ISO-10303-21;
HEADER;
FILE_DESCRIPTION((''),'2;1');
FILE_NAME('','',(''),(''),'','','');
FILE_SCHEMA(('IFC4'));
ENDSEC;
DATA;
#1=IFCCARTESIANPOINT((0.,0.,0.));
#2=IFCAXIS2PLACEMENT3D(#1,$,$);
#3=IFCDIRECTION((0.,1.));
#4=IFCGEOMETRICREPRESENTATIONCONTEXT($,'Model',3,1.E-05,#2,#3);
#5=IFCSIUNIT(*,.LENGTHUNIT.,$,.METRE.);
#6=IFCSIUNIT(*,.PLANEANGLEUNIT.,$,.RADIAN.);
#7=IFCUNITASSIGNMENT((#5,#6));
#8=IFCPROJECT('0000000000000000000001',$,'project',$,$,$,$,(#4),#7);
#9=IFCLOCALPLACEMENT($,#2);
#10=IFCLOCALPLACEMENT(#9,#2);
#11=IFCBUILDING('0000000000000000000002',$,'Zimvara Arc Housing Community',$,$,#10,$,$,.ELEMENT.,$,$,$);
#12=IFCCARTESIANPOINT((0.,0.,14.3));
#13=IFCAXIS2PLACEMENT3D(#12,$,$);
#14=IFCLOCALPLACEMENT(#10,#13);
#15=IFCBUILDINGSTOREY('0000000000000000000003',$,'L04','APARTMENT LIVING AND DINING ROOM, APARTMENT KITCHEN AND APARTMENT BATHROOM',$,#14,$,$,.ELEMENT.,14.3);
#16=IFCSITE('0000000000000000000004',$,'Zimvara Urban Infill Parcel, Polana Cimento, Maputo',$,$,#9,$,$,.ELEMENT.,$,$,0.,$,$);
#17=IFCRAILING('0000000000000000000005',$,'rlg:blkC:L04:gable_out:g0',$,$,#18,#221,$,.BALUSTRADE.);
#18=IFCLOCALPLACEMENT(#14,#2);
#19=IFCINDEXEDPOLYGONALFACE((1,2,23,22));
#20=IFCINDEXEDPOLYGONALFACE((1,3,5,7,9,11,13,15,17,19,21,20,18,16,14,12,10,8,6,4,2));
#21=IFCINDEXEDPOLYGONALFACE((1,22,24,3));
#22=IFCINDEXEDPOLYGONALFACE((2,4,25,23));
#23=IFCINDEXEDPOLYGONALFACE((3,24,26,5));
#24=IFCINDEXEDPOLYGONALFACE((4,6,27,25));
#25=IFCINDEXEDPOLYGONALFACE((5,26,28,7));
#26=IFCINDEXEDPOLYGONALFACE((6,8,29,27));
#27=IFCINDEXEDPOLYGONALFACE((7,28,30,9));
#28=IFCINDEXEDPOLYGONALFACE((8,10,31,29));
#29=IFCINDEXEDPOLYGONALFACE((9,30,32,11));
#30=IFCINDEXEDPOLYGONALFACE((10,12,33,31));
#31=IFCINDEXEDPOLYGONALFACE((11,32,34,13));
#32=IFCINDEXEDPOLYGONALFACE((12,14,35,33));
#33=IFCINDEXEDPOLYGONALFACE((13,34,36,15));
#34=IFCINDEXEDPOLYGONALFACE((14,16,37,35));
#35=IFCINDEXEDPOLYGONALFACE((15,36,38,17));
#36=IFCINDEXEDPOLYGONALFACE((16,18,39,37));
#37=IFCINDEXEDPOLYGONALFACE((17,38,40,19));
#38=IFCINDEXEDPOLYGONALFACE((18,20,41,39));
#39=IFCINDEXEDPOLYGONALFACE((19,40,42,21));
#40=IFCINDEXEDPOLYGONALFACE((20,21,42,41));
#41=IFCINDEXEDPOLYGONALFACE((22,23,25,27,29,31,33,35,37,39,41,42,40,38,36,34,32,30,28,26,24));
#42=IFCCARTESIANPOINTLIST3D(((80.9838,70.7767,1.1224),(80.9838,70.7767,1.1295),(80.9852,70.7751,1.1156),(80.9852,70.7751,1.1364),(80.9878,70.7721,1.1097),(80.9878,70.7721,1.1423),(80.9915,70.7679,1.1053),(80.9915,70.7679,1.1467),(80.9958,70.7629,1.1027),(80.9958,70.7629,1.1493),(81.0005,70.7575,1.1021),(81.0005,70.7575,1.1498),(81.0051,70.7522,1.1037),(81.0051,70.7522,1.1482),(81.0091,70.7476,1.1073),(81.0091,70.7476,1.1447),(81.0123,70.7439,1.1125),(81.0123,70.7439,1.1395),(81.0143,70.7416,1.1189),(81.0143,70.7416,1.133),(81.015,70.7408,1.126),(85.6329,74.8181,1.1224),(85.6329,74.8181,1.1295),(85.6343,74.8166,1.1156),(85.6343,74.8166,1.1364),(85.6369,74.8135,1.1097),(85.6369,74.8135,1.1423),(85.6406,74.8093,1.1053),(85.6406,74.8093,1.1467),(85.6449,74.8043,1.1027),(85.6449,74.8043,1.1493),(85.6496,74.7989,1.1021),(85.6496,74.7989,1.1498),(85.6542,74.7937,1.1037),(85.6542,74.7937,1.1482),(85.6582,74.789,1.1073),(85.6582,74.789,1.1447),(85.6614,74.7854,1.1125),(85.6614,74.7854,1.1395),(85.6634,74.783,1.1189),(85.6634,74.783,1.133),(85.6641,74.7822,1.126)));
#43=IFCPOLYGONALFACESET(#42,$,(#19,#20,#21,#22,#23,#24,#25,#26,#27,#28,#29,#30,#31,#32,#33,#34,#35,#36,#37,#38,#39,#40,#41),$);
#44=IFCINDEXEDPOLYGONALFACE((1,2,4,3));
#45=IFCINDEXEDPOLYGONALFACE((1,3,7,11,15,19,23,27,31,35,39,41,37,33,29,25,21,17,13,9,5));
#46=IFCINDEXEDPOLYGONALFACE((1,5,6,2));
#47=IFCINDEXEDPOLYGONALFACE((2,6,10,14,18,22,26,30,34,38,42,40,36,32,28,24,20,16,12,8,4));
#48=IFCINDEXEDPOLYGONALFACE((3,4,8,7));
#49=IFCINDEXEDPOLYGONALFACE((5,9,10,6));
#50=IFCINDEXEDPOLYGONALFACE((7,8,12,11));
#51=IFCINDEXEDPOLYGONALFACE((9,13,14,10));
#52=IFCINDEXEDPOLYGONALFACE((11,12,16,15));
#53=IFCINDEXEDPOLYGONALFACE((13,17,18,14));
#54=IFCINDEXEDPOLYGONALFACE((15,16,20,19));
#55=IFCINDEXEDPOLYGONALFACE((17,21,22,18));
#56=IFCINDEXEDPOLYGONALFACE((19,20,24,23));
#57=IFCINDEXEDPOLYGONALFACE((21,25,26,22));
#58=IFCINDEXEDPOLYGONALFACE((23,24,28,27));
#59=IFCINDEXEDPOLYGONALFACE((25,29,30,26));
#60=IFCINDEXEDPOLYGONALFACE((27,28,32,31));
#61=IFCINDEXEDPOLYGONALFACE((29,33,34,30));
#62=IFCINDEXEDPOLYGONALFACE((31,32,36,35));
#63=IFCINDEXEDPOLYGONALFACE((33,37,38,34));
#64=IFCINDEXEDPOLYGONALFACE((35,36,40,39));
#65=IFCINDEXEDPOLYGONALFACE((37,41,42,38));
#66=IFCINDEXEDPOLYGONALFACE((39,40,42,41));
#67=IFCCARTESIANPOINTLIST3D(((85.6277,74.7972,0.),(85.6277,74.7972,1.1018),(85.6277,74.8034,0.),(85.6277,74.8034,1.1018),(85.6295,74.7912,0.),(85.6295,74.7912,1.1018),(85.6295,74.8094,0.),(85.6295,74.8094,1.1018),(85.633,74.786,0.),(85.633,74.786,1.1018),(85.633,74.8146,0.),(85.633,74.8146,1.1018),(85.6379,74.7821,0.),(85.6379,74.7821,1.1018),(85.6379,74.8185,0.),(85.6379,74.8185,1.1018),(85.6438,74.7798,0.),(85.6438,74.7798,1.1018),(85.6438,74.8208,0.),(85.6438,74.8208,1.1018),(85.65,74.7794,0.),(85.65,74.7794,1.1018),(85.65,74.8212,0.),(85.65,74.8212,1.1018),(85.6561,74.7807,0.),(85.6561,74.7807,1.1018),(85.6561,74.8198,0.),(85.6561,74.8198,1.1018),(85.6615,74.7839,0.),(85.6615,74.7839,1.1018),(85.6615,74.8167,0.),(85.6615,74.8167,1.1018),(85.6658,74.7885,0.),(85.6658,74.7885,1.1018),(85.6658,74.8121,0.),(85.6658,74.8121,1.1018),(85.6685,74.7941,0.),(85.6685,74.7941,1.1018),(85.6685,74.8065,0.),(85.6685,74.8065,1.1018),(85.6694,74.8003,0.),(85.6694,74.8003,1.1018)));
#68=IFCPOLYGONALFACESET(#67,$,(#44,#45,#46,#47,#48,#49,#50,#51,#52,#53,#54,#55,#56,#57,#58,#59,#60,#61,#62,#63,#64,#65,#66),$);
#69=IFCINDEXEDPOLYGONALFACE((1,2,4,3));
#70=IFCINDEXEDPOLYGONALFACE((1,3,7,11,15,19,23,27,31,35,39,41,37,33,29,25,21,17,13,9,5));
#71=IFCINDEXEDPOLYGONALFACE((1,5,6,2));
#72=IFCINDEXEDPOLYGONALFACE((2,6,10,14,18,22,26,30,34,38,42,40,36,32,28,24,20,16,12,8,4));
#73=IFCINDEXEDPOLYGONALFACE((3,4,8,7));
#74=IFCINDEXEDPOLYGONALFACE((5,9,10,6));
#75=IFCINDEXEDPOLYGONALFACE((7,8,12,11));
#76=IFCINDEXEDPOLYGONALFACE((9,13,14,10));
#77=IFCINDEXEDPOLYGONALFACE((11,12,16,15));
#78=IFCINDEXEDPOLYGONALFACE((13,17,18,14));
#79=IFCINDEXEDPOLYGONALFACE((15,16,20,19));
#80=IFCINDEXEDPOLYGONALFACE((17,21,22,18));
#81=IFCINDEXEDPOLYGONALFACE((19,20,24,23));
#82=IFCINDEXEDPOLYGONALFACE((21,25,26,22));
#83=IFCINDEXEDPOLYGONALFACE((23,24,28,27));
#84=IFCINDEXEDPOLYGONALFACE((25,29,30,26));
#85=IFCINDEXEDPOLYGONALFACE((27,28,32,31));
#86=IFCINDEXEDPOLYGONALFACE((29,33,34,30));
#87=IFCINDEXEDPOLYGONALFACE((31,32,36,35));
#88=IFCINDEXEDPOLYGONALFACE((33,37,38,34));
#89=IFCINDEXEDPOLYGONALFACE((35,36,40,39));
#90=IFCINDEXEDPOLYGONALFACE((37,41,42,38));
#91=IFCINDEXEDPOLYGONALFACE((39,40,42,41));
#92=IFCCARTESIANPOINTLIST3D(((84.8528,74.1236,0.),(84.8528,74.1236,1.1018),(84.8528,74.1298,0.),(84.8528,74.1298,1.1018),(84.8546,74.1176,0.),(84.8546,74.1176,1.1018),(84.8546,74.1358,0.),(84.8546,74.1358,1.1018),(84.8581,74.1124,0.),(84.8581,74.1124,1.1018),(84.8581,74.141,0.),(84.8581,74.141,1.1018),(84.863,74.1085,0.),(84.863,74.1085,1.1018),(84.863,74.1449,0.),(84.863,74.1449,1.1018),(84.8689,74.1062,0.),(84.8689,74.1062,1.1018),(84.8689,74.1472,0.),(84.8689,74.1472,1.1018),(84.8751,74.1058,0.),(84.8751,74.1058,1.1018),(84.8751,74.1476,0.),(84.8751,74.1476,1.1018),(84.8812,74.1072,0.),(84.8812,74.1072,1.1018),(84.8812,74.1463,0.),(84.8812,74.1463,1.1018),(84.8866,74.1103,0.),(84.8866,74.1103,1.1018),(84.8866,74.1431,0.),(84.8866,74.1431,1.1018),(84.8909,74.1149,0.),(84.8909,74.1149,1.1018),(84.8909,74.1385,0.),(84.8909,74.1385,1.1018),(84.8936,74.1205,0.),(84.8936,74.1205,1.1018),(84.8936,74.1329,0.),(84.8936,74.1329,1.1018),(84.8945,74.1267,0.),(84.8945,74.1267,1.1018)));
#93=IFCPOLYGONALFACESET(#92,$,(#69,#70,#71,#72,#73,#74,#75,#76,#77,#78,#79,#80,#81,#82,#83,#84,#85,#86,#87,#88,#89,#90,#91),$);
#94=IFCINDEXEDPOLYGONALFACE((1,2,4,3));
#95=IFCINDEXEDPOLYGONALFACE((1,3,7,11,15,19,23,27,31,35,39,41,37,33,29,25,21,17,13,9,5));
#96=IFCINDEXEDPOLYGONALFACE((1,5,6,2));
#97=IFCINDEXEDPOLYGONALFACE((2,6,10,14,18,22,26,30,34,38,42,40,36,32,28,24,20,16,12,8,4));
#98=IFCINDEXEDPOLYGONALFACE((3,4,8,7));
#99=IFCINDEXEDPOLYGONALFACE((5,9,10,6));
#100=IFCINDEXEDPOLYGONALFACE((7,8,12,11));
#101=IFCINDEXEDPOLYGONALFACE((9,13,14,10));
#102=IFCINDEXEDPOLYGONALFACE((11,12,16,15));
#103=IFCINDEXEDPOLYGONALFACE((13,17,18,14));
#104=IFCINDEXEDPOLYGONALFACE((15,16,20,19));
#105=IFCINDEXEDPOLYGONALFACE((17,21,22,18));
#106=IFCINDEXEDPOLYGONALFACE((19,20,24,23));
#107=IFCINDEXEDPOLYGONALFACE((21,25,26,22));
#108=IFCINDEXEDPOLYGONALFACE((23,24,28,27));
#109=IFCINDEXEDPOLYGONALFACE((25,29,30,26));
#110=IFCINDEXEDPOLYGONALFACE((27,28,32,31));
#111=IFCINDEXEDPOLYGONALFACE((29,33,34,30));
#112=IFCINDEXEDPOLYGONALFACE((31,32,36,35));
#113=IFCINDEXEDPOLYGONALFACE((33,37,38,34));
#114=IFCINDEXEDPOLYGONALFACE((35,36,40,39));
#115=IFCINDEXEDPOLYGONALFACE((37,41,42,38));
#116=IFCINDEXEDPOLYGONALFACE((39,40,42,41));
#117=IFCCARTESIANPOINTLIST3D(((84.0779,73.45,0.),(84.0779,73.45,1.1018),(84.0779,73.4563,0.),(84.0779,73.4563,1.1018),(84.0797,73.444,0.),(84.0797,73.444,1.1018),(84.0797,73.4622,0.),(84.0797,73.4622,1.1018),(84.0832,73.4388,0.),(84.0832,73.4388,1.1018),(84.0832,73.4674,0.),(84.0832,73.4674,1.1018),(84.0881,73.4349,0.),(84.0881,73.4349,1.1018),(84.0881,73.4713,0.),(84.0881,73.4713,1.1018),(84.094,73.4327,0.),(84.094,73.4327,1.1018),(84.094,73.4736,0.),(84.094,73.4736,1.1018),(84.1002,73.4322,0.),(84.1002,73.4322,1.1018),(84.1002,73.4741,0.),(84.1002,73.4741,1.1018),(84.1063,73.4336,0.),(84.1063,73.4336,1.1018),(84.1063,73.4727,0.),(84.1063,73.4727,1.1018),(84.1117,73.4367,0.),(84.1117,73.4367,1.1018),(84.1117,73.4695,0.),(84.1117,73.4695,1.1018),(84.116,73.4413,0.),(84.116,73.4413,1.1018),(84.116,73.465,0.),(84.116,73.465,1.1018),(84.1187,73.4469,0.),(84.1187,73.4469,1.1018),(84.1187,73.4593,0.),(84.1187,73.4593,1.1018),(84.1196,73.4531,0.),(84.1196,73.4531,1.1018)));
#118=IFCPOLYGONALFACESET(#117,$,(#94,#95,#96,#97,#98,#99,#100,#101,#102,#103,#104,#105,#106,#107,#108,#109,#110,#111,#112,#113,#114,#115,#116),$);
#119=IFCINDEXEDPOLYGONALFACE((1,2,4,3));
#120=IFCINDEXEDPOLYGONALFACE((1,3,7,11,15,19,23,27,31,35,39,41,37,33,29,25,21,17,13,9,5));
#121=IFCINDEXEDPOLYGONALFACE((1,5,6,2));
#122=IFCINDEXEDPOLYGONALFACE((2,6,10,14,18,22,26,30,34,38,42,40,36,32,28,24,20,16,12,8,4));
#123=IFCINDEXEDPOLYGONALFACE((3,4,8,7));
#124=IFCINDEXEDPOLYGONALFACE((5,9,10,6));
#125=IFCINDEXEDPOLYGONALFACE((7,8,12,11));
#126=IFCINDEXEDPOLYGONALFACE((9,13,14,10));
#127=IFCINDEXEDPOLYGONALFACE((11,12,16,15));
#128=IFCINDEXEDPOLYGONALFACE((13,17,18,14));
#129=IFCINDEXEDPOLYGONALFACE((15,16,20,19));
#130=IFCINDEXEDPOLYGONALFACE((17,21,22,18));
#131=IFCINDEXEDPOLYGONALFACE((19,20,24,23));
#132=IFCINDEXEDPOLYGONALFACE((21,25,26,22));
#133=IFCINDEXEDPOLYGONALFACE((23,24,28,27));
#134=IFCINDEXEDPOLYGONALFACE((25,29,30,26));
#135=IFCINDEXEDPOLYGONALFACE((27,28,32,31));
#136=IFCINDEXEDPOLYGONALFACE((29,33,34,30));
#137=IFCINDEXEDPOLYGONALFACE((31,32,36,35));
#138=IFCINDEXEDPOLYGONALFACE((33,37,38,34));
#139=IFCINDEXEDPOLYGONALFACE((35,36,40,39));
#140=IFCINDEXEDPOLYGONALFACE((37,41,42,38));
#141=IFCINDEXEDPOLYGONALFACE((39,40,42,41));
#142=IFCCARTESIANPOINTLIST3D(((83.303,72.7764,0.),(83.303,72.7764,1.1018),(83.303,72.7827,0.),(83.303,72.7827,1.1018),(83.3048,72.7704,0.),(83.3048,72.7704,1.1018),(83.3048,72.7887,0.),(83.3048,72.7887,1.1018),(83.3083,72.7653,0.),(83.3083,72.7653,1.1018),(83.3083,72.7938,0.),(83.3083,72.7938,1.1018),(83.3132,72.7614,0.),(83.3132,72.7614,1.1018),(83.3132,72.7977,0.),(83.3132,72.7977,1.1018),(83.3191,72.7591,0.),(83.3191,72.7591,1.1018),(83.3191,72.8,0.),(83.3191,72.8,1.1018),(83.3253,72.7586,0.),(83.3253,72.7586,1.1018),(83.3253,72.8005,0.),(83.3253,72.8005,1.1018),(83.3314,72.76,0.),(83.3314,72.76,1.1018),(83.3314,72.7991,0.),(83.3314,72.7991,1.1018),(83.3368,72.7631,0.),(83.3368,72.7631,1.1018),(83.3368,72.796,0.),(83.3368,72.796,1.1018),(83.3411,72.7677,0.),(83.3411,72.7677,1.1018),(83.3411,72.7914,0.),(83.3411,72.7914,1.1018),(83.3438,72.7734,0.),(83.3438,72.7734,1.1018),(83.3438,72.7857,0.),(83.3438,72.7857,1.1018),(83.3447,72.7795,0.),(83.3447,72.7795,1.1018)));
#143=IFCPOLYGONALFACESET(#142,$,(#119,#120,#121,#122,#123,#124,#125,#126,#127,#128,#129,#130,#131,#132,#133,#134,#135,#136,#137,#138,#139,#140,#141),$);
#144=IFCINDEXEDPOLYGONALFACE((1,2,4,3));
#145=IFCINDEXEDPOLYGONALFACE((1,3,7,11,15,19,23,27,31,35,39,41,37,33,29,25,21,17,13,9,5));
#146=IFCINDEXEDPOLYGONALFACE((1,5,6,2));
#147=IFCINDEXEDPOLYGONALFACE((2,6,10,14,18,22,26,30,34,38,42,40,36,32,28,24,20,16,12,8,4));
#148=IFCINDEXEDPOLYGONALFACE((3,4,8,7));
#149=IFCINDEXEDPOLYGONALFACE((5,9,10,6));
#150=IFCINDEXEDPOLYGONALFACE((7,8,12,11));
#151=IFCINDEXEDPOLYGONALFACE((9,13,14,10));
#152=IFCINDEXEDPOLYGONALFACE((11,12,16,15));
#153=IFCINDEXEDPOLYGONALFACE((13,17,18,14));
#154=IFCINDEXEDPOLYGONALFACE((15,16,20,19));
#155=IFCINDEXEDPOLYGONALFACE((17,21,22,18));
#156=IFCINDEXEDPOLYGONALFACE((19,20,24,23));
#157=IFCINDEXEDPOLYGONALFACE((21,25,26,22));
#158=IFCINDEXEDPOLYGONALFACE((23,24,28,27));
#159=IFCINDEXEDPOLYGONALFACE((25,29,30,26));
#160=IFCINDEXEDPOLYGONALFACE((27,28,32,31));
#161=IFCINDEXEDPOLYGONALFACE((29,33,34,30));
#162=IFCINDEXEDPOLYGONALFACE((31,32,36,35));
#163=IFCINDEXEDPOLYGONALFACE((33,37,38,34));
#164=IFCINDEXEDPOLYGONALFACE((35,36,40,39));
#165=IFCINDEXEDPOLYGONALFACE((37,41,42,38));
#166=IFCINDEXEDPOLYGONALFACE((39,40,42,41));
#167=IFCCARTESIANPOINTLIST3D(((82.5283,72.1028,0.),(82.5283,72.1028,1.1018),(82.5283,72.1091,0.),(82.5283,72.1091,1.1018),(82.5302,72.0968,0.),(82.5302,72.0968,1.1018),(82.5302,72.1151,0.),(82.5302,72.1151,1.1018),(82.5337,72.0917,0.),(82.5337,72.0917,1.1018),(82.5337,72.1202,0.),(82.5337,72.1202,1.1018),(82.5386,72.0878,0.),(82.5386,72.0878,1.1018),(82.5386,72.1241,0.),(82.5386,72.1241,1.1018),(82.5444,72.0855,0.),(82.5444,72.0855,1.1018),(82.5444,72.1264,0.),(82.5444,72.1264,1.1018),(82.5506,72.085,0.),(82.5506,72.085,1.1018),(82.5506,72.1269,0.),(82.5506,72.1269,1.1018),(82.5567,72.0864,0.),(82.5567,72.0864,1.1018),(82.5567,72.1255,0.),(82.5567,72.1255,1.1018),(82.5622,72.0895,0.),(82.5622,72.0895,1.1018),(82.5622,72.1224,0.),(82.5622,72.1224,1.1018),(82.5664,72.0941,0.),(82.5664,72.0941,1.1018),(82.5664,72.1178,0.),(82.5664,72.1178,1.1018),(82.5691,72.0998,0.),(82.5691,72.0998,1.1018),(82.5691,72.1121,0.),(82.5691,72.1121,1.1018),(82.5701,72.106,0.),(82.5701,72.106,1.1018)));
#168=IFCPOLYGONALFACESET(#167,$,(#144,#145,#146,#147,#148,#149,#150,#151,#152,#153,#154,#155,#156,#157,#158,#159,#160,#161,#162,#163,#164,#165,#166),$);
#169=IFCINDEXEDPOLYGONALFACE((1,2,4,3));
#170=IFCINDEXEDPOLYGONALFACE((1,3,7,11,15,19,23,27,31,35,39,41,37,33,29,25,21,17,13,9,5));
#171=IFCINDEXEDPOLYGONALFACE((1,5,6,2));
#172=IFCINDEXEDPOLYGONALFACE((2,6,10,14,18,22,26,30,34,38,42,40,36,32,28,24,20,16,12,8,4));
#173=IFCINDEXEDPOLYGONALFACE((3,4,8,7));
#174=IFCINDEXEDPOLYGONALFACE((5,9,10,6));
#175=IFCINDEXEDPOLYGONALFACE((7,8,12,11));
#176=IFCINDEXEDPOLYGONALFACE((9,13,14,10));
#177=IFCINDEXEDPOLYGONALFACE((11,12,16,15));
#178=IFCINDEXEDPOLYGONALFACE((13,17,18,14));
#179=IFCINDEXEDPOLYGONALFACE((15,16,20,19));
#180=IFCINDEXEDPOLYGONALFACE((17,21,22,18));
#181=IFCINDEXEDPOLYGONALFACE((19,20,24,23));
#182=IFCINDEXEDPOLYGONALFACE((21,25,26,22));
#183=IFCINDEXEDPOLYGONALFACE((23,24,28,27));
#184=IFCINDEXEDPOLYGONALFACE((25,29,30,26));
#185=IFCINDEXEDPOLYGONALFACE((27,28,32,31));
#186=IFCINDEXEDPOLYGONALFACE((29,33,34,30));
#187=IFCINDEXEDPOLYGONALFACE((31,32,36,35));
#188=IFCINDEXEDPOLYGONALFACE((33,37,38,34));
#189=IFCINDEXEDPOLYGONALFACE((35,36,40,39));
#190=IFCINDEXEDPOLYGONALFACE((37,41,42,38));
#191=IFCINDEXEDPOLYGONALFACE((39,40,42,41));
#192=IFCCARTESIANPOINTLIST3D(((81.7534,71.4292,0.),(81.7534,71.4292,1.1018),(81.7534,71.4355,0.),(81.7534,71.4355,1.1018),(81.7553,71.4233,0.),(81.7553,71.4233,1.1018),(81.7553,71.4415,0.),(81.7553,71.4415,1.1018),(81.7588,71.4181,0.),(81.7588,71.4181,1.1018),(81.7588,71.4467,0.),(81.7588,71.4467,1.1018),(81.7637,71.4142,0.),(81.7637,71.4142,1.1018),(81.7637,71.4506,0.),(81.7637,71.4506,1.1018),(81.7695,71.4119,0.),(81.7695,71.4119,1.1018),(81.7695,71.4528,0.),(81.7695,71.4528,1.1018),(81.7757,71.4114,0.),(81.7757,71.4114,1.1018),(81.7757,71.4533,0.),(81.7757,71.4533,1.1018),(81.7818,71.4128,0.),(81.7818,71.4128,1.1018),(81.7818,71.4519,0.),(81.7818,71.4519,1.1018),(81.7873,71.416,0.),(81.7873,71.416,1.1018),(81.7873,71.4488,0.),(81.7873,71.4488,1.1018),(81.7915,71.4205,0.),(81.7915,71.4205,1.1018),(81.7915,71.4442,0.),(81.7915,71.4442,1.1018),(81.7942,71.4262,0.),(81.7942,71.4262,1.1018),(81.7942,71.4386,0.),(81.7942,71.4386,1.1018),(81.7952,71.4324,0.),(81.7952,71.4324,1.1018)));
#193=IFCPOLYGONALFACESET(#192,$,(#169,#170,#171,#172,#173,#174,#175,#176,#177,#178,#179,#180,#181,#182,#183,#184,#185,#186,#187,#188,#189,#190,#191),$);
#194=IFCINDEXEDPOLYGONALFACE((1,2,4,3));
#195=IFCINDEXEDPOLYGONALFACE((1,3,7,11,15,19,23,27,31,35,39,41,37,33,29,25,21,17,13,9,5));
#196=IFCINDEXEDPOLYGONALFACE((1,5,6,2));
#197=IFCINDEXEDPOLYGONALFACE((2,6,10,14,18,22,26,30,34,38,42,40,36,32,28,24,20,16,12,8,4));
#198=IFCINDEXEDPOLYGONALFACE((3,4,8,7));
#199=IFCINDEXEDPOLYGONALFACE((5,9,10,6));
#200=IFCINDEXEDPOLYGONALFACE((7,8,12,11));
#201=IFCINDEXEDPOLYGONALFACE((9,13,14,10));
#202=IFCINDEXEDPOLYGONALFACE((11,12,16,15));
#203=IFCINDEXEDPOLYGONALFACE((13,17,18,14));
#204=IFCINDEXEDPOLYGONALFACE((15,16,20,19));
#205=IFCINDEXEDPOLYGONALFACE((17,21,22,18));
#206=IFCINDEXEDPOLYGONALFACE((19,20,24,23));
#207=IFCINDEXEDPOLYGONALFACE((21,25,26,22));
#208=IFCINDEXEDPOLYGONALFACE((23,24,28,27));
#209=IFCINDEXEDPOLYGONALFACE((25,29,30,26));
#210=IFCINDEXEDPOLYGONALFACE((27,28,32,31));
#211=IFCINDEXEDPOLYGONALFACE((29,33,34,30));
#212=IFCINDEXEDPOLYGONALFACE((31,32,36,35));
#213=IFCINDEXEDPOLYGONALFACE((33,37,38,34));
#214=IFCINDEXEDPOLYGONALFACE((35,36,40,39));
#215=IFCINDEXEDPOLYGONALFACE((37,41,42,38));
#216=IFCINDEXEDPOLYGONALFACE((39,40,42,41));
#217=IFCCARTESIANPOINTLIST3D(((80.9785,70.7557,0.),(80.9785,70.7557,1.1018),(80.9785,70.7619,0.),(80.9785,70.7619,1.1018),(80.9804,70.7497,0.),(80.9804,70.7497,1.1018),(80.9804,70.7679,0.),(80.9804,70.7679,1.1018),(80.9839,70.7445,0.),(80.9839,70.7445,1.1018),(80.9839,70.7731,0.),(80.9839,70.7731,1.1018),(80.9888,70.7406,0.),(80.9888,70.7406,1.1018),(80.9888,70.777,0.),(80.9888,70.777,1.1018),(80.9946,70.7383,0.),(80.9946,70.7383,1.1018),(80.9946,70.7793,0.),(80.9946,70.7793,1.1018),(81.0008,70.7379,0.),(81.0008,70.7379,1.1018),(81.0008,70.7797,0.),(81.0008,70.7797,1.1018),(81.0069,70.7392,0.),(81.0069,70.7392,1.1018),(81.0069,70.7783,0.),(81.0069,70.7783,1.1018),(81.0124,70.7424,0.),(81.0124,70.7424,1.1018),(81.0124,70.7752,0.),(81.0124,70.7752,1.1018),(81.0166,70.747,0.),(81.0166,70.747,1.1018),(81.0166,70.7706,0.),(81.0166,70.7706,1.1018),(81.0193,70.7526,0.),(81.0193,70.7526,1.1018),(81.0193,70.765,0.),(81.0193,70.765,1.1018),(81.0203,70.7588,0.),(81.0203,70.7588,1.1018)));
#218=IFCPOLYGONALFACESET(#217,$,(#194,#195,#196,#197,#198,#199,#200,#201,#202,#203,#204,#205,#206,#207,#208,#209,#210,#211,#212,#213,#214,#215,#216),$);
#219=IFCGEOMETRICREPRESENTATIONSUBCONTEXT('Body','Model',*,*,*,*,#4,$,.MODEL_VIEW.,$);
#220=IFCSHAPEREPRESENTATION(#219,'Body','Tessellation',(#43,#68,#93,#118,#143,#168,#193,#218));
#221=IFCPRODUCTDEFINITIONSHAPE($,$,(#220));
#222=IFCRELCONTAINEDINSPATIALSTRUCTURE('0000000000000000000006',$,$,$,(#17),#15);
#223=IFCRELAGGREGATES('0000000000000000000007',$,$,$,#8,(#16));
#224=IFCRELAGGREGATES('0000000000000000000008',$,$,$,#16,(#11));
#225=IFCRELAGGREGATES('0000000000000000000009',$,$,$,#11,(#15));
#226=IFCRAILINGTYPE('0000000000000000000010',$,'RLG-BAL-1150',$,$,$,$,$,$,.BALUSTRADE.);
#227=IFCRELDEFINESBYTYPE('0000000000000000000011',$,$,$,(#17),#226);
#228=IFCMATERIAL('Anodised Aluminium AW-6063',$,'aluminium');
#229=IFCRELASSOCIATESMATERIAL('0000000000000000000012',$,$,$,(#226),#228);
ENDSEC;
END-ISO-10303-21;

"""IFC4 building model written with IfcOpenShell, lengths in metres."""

from ifc_helpers import new_model, si_unit, direction, frame, origin, origin_2d, place, context, subcontext, project, spatial, circle, extrude, material, type_object, element, save


model = new_model("IFC4")

# Units and contexts
model_context = context("Model", 3, precision=1e-05, world=origin(), true_north=direction((0.0, 1.0)))
body_context = subcontext(model_context, "Body", "Model", "MODEL_VIEW")
ifc_project = project(units=[si_unit("LENGTHUNIT", "METRE"), si_unit("PLANEANGLEUNIT", "RADIAN")], contexts=[model_context])

# Site, building, storey
site_placement = place(None, origin())
site = spatial("IfcSite", under=ifc_project, at=site_placement, Name="Zimvara Urban Infill Parcel, Polana Cimento, Maputo", CompositionType="ELEMENT", RefElevation=0.0)
building_placement = place(site_placement, origin())
building = spatial("IfcBuilding", under=site, at=building_placement, Name="Zimvara Arc Housing Community", CompositionType="ELEMENT")
storey_placement = place(building_placement, frame((0.0, 0.0, 14.3)))
storey = spatial("IfcBuildingStorey", under=building, at=storey_placement, Name="L04", Description="APARTMENT LIVING AND DINING ROOM, APARTMENT KITCHEN AND APARTMENT BATHROOM", CompositionType="ELEMENT", Elevation=14.3)

# Railing
ifc_material_1 = material(Name="Anodised Aluminium AW-6063", Category="aluminium")
railing_type_1 = type_object("IfcRailingType", Name="RLG-BAL-1150", PredefinedType="BALUSTRADE", material=ifc_material_1)
railing_1_placement = place(storey_placement, frame((85.6484, 74.8003, 0.0)))
element("IfcRailing", 1, at=railing_1_placement, inside=storey, type_object=railing_type_1, Name="rlg:blkC:L04:gable_out:g0", PredefinedType="BALUSTRADE", context=body_context, shape_type="SweptSolid", body=[
    extrude(circle(Radius=0.0239, at=origin_2d()), frame((0.0, 0.0, 1.126), z_axis=(-0.754706, -0.656063, 0.0), x_axis=(0.656063, -0.754706, 0.0)), (0.0, 0.0, 1.0), 6.1602),
    extrude(circle(Radius=0.021, at=origin_2d()), origin(), (0.0, 0.0, 1.0), 1.1018),
    extrude(circle(Radius=0.021, at=origin_2d()), frame((-0.7749, -0.6736, 0.0)), (0.0, 0.0, 1.0), 1.1018),
    extrude(circle(Radius=0.021, at=origin_2d()), frame((-1.5498, -1.3472, 0.0)), (0.0, 0.0, 1.0), 1.1018),
    extrude(circle(Radius=0.021, at=origin_2d()), frame((-2.3247, -2.0208, 0.0)), (0.0, 0.0, 1.0), 1.1018),
    extrude(circle(Radius=0.021, at=origin_2d()), frame((-3.0994, -2.6943, 0.0)), (0.0, 0.0, 1.0), 1.1018),
    extrude(circle(Radius=0.021, at=origin_2d()), frame((-3.8743, -3.3679, 0.0)), (0.0, 0.0, 1.0), 1.1018),
    extrude(circle(Radius=0.021, at=origin_2d()), frame((-4.6492, -4.0415, 0.0)), (0.0, 0.0, 1.0), 1.1018),
])

save(model, "model.ifc")
